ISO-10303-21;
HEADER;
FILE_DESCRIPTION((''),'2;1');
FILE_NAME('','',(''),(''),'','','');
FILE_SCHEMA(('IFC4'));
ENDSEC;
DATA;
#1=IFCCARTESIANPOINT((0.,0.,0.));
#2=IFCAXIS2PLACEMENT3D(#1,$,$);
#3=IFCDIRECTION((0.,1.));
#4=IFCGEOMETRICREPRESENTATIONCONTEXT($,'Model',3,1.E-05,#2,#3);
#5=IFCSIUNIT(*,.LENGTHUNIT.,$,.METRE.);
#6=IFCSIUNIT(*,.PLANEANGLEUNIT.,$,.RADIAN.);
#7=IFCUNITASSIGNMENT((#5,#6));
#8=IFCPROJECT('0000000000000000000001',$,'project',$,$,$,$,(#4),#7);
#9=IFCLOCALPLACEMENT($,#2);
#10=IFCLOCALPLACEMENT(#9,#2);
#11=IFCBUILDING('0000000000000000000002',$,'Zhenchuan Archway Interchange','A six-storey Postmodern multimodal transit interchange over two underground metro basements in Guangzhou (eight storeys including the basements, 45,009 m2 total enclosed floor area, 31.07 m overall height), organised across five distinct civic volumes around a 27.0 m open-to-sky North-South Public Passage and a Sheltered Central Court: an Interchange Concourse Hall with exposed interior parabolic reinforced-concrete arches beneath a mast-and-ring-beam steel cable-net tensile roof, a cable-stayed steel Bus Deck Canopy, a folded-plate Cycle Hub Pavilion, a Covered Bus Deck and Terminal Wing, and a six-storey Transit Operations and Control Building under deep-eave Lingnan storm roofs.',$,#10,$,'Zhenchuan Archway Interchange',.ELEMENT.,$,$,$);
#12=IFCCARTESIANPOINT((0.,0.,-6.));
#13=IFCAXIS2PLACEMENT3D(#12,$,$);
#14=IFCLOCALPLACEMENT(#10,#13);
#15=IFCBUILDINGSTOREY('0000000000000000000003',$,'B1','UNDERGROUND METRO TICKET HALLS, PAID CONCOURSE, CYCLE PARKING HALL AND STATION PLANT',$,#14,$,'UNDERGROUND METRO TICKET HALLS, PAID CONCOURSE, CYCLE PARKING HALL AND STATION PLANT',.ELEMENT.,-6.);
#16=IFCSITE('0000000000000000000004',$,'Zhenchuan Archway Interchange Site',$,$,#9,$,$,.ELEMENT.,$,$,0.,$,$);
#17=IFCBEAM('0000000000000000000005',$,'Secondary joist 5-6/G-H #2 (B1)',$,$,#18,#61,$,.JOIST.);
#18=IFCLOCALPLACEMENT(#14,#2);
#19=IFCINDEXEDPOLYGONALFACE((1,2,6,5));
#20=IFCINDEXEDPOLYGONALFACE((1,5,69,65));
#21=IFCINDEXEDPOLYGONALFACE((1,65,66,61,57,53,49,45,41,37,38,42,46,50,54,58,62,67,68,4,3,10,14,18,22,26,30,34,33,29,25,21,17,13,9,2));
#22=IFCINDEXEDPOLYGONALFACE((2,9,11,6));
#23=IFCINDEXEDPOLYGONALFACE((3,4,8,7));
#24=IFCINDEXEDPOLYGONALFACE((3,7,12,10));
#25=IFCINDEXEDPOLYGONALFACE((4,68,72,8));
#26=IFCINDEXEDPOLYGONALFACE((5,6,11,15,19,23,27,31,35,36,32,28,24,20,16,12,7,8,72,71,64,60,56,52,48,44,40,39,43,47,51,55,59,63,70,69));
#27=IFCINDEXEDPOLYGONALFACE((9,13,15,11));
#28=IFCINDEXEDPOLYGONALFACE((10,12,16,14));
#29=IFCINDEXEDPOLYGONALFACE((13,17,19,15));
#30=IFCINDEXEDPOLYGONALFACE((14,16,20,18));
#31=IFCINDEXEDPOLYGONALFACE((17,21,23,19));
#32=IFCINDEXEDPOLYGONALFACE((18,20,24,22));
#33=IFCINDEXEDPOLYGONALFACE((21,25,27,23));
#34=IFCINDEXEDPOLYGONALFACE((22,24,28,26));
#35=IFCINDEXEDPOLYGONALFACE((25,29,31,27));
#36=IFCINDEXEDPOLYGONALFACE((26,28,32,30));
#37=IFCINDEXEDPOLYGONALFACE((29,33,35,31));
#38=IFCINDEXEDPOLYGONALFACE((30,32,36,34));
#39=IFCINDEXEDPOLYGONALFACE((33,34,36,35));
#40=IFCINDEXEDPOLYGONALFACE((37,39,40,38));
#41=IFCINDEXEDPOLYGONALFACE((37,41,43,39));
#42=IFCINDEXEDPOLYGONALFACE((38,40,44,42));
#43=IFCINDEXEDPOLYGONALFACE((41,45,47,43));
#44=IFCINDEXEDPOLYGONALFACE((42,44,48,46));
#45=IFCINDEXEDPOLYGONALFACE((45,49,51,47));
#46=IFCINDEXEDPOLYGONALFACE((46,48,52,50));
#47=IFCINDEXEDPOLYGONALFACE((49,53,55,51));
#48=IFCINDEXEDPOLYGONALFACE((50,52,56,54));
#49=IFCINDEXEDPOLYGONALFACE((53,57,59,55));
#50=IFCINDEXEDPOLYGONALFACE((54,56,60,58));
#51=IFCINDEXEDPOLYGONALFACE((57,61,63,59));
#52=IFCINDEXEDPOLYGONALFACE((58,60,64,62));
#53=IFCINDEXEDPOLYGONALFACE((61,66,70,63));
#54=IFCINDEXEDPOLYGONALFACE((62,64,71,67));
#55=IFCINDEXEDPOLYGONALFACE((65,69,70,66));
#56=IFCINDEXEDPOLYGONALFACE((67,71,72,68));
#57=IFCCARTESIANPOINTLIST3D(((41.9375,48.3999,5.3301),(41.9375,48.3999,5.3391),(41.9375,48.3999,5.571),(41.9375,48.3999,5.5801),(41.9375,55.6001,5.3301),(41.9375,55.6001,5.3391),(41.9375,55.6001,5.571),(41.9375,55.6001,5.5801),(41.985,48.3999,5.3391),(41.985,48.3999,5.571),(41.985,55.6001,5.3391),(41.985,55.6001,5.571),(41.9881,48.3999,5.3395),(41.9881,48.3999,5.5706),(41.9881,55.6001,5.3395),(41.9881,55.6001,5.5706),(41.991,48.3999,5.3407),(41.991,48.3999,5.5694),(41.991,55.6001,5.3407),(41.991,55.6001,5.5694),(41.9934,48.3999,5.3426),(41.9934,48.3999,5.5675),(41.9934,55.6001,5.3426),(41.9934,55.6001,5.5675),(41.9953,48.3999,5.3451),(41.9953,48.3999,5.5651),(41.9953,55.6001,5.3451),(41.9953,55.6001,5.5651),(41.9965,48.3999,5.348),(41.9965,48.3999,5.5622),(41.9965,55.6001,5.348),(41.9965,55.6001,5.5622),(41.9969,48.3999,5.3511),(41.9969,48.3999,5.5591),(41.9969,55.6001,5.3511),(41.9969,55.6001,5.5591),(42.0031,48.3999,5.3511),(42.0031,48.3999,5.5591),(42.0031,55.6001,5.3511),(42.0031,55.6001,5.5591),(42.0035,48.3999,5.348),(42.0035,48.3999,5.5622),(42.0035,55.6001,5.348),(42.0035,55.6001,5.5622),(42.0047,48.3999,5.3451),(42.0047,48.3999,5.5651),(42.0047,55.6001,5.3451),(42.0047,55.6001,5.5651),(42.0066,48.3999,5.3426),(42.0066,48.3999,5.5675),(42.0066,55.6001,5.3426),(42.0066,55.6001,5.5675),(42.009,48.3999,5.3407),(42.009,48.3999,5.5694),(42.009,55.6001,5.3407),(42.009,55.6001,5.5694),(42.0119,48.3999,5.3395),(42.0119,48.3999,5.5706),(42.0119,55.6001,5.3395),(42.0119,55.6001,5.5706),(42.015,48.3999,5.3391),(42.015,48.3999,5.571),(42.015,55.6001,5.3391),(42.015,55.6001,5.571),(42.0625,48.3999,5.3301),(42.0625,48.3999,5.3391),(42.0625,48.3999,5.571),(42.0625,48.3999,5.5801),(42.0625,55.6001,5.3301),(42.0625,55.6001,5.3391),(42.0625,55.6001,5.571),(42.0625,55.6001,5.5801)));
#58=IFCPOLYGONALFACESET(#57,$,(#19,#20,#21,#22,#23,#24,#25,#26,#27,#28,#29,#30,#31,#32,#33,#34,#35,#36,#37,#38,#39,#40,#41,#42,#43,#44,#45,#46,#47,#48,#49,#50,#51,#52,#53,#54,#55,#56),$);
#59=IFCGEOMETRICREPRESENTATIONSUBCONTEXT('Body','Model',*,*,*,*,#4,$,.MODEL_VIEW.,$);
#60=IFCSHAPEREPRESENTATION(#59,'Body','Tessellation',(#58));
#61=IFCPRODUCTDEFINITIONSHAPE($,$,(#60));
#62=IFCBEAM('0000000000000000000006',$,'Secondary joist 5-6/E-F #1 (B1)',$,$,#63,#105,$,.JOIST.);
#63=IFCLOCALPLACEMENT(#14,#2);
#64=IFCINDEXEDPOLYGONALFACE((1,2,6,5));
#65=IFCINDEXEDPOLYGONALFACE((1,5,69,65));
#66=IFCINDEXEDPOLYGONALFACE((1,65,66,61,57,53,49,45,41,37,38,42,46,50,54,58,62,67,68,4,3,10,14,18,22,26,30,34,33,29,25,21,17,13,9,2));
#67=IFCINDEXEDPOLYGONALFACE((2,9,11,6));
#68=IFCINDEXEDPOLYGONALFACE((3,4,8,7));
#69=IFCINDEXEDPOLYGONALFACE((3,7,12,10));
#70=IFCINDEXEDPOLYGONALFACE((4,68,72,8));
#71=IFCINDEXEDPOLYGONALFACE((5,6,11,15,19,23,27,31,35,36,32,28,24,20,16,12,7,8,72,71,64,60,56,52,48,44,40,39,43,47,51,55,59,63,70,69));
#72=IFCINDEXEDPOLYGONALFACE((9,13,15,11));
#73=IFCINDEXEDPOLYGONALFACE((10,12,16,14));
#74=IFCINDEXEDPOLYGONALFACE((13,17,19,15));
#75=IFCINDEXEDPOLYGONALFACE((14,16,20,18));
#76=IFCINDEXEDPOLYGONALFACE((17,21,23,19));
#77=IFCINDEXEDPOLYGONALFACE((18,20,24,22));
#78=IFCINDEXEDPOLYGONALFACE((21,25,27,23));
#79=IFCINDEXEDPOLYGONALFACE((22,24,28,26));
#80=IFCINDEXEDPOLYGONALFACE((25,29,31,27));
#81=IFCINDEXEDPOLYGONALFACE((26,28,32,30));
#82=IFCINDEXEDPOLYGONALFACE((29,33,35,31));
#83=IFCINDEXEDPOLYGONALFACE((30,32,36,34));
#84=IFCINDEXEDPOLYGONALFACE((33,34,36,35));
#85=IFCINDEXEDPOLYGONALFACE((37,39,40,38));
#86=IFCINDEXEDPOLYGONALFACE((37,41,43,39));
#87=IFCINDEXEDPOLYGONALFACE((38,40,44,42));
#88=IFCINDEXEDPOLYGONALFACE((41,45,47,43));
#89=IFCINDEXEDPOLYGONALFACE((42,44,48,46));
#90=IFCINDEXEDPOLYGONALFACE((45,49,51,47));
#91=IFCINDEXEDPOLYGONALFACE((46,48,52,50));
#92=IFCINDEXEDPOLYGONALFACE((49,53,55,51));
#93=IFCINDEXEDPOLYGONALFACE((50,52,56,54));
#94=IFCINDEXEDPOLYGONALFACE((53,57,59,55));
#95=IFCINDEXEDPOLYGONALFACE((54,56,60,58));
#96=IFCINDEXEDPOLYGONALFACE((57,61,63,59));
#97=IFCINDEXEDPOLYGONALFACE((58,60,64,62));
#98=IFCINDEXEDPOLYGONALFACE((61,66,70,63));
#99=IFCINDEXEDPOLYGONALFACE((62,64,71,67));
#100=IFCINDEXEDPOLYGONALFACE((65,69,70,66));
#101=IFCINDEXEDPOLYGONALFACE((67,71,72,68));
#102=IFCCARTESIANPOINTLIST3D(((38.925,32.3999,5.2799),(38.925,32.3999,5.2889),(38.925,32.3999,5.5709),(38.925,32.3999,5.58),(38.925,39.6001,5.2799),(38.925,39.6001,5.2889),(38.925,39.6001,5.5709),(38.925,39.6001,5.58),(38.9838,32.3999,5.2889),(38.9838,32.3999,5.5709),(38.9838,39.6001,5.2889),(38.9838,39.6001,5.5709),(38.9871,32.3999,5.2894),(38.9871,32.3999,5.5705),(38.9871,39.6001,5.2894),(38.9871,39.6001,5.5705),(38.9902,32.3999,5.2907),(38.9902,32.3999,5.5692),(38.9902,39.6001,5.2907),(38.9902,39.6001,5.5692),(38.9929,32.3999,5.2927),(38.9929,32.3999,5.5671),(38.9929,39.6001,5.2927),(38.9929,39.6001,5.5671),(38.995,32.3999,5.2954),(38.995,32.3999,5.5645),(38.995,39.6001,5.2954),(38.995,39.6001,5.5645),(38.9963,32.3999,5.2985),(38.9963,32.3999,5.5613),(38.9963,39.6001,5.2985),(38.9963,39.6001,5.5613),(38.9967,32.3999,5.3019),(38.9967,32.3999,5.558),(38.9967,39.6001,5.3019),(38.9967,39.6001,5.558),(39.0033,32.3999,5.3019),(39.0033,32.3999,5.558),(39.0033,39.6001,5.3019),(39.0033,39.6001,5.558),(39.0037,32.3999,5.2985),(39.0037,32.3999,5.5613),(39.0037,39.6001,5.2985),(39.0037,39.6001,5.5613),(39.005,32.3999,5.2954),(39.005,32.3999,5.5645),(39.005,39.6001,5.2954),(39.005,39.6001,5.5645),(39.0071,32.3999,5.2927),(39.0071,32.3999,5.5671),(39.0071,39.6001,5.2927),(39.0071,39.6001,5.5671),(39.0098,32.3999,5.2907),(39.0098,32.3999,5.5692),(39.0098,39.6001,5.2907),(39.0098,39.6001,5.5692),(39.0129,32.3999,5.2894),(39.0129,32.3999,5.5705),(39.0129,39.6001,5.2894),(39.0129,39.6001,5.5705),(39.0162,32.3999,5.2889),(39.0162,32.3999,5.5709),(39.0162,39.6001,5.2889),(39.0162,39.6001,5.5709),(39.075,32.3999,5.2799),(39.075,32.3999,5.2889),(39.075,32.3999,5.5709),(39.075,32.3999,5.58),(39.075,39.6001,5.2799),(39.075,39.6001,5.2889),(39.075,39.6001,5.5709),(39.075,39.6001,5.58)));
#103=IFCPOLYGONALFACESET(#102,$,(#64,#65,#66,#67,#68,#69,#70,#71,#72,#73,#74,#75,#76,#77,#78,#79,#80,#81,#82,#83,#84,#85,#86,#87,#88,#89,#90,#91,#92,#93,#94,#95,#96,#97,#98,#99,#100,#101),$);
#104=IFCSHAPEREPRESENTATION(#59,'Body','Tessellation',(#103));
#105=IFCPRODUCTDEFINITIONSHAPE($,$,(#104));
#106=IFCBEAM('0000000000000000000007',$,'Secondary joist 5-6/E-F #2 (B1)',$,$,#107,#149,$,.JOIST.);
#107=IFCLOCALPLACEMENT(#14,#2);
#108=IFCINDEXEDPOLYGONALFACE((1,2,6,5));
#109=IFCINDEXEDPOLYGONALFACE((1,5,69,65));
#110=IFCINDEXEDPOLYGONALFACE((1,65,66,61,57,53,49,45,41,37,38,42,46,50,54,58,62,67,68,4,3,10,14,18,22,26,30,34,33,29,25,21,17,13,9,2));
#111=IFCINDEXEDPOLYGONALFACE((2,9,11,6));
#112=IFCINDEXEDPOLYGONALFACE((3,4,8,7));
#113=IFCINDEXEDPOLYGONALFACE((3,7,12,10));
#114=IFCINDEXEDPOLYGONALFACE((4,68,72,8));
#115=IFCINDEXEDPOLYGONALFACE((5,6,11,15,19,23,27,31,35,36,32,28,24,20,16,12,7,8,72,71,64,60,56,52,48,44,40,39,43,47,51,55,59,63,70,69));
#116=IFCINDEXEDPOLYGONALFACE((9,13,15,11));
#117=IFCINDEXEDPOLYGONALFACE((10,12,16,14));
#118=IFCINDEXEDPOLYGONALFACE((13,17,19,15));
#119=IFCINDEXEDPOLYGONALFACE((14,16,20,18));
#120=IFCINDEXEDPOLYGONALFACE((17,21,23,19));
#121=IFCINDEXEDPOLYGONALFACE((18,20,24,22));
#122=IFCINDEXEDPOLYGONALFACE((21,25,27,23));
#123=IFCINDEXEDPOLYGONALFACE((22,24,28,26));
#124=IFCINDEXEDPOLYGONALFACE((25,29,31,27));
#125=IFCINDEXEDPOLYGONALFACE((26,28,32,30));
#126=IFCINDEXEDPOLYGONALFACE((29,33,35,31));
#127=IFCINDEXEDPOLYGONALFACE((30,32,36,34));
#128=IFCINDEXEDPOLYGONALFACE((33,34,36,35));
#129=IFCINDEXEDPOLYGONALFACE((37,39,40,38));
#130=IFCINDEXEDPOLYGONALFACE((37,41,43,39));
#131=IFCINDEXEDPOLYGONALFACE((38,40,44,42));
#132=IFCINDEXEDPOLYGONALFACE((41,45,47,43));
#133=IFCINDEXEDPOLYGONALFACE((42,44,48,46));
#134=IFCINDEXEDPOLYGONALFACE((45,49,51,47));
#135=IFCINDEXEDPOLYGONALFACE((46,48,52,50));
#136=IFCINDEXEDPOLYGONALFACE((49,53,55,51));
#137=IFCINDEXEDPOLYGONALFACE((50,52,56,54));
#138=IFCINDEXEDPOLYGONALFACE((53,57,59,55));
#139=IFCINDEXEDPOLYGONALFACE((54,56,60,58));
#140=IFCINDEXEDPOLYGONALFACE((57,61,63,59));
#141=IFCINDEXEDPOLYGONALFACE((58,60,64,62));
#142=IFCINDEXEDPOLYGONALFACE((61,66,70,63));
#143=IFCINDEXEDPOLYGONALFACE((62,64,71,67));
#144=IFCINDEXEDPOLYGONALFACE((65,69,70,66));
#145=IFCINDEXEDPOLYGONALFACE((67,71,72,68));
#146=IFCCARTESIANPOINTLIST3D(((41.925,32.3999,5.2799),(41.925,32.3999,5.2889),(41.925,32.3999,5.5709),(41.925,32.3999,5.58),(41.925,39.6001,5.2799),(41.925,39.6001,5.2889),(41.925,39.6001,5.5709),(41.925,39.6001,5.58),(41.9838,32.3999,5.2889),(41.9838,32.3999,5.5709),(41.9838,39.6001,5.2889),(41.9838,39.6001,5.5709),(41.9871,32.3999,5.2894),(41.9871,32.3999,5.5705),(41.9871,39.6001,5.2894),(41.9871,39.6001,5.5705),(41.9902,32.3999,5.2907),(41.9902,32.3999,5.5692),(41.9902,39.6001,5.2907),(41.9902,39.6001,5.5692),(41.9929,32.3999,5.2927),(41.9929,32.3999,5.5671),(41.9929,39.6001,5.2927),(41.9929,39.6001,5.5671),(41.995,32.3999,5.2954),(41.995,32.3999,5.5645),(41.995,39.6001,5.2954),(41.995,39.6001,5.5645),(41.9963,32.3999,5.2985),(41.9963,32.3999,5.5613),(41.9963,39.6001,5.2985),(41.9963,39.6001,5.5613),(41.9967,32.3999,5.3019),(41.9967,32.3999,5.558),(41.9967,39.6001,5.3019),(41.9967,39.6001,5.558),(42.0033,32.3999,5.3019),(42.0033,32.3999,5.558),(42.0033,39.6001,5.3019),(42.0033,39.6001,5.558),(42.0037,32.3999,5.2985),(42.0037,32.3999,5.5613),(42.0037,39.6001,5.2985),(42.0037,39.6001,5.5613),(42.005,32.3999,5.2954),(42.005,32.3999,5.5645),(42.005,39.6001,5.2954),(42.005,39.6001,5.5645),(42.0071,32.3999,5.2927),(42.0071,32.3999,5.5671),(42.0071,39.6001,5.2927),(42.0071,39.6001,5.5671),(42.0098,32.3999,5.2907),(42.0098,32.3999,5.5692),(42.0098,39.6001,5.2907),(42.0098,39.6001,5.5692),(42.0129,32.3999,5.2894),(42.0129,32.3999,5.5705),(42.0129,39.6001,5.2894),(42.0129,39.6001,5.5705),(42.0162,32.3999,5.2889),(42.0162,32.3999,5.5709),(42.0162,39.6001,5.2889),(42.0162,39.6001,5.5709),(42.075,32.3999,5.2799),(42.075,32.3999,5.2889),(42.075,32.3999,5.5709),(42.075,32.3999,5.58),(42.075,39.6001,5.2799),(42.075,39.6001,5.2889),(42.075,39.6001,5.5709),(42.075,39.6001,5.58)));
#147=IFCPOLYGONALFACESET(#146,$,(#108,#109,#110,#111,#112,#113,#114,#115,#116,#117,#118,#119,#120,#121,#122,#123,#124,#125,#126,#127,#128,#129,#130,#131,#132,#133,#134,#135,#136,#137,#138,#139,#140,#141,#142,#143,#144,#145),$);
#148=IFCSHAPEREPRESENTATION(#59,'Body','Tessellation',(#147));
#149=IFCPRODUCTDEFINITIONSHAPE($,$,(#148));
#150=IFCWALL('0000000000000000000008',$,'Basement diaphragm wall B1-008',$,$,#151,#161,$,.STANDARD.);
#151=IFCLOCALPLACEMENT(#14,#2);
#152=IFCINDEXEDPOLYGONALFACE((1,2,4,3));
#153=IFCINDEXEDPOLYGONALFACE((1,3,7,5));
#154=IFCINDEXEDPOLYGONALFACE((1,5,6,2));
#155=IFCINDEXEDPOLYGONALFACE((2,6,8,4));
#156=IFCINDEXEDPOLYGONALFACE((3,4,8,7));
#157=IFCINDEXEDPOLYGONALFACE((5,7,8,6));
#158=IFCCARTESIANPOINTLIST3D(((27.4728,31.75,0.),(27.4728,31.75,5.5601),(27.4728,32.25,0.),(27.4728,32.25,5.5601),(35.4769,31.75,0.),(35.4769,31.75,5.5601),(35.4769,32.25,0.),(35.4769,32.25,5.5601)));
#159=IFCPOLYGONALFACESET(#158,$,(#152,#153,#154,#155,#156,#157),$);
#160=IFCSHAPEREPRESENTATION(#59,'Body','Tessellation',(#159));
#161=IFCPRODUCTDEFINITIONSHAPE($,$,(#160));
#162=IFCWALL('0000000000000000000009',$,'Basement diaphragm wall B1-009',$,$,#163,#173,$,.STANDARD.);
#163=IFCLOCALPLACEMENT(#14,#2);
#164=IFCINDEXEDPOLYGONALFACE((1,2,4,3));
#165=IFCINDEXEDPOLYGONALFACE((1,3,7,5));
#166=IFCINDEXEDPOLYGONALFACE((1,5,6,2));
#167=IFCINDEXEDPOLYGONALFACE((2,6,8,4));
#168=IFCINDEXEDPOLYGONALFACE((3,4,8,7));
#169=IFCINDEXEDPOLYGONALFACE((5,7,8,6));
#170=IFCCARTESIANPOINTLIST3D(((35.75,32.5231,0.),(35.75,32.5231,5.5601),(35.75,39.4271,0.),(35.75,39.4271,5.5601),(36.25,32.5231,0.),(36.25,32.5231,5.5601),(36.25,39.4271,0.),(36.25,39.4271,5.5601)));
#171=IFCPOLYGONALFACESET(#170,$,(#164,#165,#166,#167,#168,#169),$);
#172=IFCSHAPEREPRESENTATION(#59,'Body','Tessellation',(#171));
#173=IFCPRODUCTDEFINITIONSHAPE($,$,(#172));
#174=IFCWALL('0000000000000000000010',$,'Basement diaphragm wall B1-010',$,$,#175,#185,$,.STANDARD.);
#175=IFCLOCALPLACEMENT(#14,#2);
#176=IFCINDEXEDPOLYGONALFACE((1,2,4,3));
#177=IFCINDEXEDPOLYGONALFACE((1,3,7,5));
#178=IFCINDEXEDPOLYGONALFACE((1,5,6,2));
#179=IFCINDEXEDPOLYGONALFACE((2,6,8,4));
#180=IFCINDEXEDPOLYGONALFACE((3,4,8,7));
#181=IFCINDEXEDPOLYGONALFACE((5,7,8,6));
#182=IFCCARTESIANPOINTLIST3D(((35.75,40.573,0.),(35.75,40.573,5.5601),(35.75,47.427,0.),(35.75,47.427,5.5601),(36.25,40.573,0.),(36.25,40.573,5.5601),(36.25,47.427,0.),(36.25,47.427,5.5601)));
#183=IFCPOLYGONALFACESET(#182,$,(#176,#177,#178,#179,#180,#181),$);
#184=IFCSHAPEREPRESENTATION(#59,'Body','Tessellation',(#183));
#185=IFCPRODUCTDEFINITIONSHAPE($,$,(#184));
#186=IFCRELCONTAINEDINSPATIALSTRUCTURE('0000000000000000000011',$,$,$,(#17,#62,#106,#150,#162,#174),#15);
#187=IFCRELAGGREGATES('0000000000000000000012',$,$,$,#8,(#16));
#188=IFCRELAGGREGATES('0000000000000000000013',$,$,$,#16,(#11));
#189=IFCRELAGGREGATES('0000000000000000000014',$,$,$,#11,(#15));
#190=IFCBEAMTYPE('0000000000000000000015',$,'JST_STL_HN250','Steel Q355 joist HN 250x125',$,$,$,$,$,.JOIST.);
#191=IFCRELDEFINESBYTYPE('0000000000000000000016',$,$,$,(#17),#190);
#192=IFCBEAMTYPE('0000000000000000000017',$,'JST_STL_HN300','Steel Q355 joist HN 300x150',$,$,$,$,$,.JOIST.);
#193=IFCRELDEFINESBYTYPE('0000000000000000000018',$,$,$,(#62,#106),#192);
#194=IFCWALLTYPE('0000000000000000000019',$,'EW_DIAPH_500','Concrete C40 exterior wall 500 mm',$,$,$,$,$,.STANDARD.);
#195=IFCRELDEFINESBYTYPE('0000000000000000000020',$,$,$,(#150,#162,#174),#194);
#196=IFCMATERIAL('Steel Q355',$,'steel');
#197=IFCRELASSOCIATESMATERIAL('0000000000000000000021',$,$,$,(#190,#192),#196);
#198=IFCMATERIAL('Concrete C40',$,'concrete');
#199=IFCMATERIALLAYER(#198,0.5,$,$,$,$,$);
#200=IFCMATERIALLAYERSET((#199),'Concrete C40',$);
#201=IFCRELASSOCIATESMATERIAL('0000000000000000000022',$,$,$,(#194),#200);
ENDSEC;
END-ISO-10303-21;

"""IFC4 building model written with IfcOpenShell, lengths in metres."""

from ifc_helpers import new_model, si_unit, direction, frame, frame_2d, origin, origin_2d, place, context, subcontext, project, spatial, rectangle, i_section, extrude, material, layer, layer_set, material_profile, profile_set, type_object, element, save


model = new_model("IFC4")

# Units and contexts
model_context = context("Model", 3, precision=1e-05, world=origin(), true_north=direction((0.0, 1.0)))
body_context = subcontext(model_context, "Body", "Model", "MODEL_VIEW")
ifc_project = project(units=[si_unit("LENGTHUNIT", "METRE"), si_unit("PLANEANGLEUNIT", "RADIAN")], contexts=[model_context])

# Site, building, storey
site_placement = place(None, origin())
site = spatial("IfcSite", under=ifc_project, at=site_placement, Name="Zhenchuan Archway Interchange Site", CompositionType="ELEMENT", RefElevation=0.0)
building_placement = place(site_placement, origin())
building = spatial("IfcBuilding", under=site, at=building_placement, Name="Zhenchuan Archway Interchange", Description="A six-storey Postmodern multimodal transit interchange over two underground metro basements in Guangzhou (eight storeys including the basements, 45,009 m2 total enclosed floor area, 31.07 m overall height), organised across five distinct civic volumes around a 27.0 m open-to-sky North-South Public Passage and a Sheltered Central Court: an Interchange Concourse Hall with exposed interior parabolic reinforced-concrete arches beneath a mast-and-ring-beam steel cable-net tensile roof, a cable-stayed steel Bus Deck Canopy, a folded-plate Cycle Hub Pavilion, a Covered Bus Deck and Terminal Wing, and a six-storey Transit Operations and Control Building under deep-eave Lingnan storm roofs.", LongName="Zhenchuan Archway Interchange", CompositionType="ELEMENT")
storey_placement = place(building_placement, frame((0.0, 0.0, -6.0)))
storey = spatial("IfcBuildingStorey", under=building, at=storey_placement, Name="B1", Description="UNDERGROUND METRO TICKET HALLS, PAID CONCOURSE, CYCLE PARKING HALL AND STATION PLANT", LongName="UNDERGROUND METRO TICKET HALLS, PAID CONCOURSE, CYCLE PARKING HALL AND STATION PLANT", CompositionType="ELEMENT", Elevation=-6.0)

# Beams
ifc_material_1 = material(Name="Concrete C40", Category="concrete")
ifc_material_2 = material(Name="Steel Q355", Category="steel")
ifc_material_profile_1 = material_profile(ifc_material_2, i_section(OverallWidth=0.125, OverallDepth=0.25, WebThickness=0.0061, FlangeThickness=0.009, FilletRadius=0.012, at=origin_2d()), Name="HN 250x125")
ifc_profile_set_1 = profile_set([ifc_material_profile_1], Name="Steel Q355")
beam_type_1 = type_object("IfcBeamType", Name="JST_STL_HN250", Description="Steel Q355 joist HN 250x125", PredefinedType="JOIST", material=ifc_profile_set_1)
for number, where, z_axis, x_axis, name in (
    (1, (42.0, 48.3999, 5.4551), (0.0, 1.0, 0.0), (-1.0, 0.0, 0.0), "Secondary joist 5-6/G-H #2 (B1)"),
):
    element("IfcBeam", number, at=place(storey_placement, frame(where, z_axis=z_axis, x_axis=x_axis)), inside=storey, type_object=beam_type_1, Name=name, PredefinedType="JOIST", context=body_context, shape_type="SweptSolid", body=[
        extrude(i_section(OverallWidth=0.125, OverallDepth=0.25, WebThickness=0.0061, FlangeThickness=0.009, FilletRadius=0.012, at=origin_2d()), origin(), (0.0, 0.0, 1.0), 7.2002),
    ])
ifc_material_profile_2 = material_profile(ifc_material_2, i_section(OverallWidth=0.1499, OverallDepth=0.3, WebThickness=0.0066, FlangeThickness=0.009, FilletRadius=0.0129, at=origin_2d()), Name="HN 300x150")
ifc_profile_set_2 = profile_set([ifc_material_profile_2], Name="Steel Q355")
beam_type_2 = type_object("IfcBeamType", Name="JST_STL_HN300", Description="Steel Q355 joist HN 300x150", PredefinedType="JOIST", material=ifc_profile_set_2)
for number, where, z_axis, x_axis, name in (
    (2, (39.0, 32.3999, 5.4299), (0.0, 1.0, 0.0), (-1.0, 0.0, 0.0), "Secondary joist 5-6/E-F #1 (B1)"),
    (3, (42.0, 32.3999, 5.4299), (0.0, 1.0, 0.0), (-1.0, 0.0, 0.0), "Secondary joist 5-6/E-F #2 (B1)"),
):
    element("IfcBeam", number, at=place(storey_placement, frame(where, z_axis=z_axis, x_axis=x_axis)), inside=storey, type_object=beam_type_2, Name=name, PredefinedType="JOIST", context=body_context, shape_type="SweptSolid", body=[
        extrude(i_section(OverallWidth=0.1499, OverallDepth=0.3, WebThickness=0.0066, FlangeThickness=0.009, FilletRadius=0.0129, at=origin_2d()), origin(), (0.0, 0.0, 1.0), 7.2002),
    ])

# Walls
ifc_layer_1 = layer(ifc_material_1, 0.5)
ifc_layer_set_1 = layer_set([ifc_layer_1], Name="Concrete C40")
wall_type_1 = type_object("IfcWallType", Name="EW_DIAPH_500", Description="Concrete C40 exterior wall 500 mm", PredefinedType="STANDARD", material=ifc_layer_set_1)
wall_1_placement = place(storey_placement, frame((27.4729, 32.0, 0.0), z_axis=(0.0, 0.0, 1.0), x_axis=(1.0, 0.0, 0.0)))
element("IfcWall", 4, at=wall_1_placement, inside=storey, type_object=wall_type_1, Name="Basement diaphragm wall B1-008", PredefinedType="STANDARD", context=body_context, shape_type="SweptSolid", body=[
    extrude(rectangle(XDim=8.0042, YDim=0.5, at=frame_2d((4.002, 0.0))), origin(), (0.0, 0.0, 1.0), 5.5601),
])
wall_2_placement = place(storey_placement, frame((36.0, 32.5229, 0.0), z_axis=(0.0, 0.0, 1.0), x_axis=(0.0, 1.0, 0.0)))
element("IfcWall", 5, at=wall_2_placement, inside=storey, type_object=wall_type_1, Name="Basement diaphragm wall B1-009", PredefinedType="STANDARD", context=body_context, shape_type="SweptSolid", body=[
    extrude(rectangle(XDim=6.9041, YDim=0.5, at=frame_2d((3.4521, 0.0))), origin(), (0.0, 0.0, 1.0), 5.5601),
])
wall_3_placement = place(storey_placement, frame((36.0, 40.573, 0.0), z_axis=(0.0, 0.0, 1.0), x_axis=(0.0, 1.0, 0.0)))
element("IfcWall", 6, at=wall_3_placement, inside=storey, type_object=wall_type_1, Name="Basement diaphragm wall B1-010", PredefinedType="STANDARD", context=body_context, shape_type="SweptSolid", body=[
    extrude(rectangle(XDim=6.854, YDim=0.5, at=frame_2d((3.427, 0.0))), origin(), (0.0, 0.0, 1.0), 5.5601),
])

save(model, "model.ifc")
